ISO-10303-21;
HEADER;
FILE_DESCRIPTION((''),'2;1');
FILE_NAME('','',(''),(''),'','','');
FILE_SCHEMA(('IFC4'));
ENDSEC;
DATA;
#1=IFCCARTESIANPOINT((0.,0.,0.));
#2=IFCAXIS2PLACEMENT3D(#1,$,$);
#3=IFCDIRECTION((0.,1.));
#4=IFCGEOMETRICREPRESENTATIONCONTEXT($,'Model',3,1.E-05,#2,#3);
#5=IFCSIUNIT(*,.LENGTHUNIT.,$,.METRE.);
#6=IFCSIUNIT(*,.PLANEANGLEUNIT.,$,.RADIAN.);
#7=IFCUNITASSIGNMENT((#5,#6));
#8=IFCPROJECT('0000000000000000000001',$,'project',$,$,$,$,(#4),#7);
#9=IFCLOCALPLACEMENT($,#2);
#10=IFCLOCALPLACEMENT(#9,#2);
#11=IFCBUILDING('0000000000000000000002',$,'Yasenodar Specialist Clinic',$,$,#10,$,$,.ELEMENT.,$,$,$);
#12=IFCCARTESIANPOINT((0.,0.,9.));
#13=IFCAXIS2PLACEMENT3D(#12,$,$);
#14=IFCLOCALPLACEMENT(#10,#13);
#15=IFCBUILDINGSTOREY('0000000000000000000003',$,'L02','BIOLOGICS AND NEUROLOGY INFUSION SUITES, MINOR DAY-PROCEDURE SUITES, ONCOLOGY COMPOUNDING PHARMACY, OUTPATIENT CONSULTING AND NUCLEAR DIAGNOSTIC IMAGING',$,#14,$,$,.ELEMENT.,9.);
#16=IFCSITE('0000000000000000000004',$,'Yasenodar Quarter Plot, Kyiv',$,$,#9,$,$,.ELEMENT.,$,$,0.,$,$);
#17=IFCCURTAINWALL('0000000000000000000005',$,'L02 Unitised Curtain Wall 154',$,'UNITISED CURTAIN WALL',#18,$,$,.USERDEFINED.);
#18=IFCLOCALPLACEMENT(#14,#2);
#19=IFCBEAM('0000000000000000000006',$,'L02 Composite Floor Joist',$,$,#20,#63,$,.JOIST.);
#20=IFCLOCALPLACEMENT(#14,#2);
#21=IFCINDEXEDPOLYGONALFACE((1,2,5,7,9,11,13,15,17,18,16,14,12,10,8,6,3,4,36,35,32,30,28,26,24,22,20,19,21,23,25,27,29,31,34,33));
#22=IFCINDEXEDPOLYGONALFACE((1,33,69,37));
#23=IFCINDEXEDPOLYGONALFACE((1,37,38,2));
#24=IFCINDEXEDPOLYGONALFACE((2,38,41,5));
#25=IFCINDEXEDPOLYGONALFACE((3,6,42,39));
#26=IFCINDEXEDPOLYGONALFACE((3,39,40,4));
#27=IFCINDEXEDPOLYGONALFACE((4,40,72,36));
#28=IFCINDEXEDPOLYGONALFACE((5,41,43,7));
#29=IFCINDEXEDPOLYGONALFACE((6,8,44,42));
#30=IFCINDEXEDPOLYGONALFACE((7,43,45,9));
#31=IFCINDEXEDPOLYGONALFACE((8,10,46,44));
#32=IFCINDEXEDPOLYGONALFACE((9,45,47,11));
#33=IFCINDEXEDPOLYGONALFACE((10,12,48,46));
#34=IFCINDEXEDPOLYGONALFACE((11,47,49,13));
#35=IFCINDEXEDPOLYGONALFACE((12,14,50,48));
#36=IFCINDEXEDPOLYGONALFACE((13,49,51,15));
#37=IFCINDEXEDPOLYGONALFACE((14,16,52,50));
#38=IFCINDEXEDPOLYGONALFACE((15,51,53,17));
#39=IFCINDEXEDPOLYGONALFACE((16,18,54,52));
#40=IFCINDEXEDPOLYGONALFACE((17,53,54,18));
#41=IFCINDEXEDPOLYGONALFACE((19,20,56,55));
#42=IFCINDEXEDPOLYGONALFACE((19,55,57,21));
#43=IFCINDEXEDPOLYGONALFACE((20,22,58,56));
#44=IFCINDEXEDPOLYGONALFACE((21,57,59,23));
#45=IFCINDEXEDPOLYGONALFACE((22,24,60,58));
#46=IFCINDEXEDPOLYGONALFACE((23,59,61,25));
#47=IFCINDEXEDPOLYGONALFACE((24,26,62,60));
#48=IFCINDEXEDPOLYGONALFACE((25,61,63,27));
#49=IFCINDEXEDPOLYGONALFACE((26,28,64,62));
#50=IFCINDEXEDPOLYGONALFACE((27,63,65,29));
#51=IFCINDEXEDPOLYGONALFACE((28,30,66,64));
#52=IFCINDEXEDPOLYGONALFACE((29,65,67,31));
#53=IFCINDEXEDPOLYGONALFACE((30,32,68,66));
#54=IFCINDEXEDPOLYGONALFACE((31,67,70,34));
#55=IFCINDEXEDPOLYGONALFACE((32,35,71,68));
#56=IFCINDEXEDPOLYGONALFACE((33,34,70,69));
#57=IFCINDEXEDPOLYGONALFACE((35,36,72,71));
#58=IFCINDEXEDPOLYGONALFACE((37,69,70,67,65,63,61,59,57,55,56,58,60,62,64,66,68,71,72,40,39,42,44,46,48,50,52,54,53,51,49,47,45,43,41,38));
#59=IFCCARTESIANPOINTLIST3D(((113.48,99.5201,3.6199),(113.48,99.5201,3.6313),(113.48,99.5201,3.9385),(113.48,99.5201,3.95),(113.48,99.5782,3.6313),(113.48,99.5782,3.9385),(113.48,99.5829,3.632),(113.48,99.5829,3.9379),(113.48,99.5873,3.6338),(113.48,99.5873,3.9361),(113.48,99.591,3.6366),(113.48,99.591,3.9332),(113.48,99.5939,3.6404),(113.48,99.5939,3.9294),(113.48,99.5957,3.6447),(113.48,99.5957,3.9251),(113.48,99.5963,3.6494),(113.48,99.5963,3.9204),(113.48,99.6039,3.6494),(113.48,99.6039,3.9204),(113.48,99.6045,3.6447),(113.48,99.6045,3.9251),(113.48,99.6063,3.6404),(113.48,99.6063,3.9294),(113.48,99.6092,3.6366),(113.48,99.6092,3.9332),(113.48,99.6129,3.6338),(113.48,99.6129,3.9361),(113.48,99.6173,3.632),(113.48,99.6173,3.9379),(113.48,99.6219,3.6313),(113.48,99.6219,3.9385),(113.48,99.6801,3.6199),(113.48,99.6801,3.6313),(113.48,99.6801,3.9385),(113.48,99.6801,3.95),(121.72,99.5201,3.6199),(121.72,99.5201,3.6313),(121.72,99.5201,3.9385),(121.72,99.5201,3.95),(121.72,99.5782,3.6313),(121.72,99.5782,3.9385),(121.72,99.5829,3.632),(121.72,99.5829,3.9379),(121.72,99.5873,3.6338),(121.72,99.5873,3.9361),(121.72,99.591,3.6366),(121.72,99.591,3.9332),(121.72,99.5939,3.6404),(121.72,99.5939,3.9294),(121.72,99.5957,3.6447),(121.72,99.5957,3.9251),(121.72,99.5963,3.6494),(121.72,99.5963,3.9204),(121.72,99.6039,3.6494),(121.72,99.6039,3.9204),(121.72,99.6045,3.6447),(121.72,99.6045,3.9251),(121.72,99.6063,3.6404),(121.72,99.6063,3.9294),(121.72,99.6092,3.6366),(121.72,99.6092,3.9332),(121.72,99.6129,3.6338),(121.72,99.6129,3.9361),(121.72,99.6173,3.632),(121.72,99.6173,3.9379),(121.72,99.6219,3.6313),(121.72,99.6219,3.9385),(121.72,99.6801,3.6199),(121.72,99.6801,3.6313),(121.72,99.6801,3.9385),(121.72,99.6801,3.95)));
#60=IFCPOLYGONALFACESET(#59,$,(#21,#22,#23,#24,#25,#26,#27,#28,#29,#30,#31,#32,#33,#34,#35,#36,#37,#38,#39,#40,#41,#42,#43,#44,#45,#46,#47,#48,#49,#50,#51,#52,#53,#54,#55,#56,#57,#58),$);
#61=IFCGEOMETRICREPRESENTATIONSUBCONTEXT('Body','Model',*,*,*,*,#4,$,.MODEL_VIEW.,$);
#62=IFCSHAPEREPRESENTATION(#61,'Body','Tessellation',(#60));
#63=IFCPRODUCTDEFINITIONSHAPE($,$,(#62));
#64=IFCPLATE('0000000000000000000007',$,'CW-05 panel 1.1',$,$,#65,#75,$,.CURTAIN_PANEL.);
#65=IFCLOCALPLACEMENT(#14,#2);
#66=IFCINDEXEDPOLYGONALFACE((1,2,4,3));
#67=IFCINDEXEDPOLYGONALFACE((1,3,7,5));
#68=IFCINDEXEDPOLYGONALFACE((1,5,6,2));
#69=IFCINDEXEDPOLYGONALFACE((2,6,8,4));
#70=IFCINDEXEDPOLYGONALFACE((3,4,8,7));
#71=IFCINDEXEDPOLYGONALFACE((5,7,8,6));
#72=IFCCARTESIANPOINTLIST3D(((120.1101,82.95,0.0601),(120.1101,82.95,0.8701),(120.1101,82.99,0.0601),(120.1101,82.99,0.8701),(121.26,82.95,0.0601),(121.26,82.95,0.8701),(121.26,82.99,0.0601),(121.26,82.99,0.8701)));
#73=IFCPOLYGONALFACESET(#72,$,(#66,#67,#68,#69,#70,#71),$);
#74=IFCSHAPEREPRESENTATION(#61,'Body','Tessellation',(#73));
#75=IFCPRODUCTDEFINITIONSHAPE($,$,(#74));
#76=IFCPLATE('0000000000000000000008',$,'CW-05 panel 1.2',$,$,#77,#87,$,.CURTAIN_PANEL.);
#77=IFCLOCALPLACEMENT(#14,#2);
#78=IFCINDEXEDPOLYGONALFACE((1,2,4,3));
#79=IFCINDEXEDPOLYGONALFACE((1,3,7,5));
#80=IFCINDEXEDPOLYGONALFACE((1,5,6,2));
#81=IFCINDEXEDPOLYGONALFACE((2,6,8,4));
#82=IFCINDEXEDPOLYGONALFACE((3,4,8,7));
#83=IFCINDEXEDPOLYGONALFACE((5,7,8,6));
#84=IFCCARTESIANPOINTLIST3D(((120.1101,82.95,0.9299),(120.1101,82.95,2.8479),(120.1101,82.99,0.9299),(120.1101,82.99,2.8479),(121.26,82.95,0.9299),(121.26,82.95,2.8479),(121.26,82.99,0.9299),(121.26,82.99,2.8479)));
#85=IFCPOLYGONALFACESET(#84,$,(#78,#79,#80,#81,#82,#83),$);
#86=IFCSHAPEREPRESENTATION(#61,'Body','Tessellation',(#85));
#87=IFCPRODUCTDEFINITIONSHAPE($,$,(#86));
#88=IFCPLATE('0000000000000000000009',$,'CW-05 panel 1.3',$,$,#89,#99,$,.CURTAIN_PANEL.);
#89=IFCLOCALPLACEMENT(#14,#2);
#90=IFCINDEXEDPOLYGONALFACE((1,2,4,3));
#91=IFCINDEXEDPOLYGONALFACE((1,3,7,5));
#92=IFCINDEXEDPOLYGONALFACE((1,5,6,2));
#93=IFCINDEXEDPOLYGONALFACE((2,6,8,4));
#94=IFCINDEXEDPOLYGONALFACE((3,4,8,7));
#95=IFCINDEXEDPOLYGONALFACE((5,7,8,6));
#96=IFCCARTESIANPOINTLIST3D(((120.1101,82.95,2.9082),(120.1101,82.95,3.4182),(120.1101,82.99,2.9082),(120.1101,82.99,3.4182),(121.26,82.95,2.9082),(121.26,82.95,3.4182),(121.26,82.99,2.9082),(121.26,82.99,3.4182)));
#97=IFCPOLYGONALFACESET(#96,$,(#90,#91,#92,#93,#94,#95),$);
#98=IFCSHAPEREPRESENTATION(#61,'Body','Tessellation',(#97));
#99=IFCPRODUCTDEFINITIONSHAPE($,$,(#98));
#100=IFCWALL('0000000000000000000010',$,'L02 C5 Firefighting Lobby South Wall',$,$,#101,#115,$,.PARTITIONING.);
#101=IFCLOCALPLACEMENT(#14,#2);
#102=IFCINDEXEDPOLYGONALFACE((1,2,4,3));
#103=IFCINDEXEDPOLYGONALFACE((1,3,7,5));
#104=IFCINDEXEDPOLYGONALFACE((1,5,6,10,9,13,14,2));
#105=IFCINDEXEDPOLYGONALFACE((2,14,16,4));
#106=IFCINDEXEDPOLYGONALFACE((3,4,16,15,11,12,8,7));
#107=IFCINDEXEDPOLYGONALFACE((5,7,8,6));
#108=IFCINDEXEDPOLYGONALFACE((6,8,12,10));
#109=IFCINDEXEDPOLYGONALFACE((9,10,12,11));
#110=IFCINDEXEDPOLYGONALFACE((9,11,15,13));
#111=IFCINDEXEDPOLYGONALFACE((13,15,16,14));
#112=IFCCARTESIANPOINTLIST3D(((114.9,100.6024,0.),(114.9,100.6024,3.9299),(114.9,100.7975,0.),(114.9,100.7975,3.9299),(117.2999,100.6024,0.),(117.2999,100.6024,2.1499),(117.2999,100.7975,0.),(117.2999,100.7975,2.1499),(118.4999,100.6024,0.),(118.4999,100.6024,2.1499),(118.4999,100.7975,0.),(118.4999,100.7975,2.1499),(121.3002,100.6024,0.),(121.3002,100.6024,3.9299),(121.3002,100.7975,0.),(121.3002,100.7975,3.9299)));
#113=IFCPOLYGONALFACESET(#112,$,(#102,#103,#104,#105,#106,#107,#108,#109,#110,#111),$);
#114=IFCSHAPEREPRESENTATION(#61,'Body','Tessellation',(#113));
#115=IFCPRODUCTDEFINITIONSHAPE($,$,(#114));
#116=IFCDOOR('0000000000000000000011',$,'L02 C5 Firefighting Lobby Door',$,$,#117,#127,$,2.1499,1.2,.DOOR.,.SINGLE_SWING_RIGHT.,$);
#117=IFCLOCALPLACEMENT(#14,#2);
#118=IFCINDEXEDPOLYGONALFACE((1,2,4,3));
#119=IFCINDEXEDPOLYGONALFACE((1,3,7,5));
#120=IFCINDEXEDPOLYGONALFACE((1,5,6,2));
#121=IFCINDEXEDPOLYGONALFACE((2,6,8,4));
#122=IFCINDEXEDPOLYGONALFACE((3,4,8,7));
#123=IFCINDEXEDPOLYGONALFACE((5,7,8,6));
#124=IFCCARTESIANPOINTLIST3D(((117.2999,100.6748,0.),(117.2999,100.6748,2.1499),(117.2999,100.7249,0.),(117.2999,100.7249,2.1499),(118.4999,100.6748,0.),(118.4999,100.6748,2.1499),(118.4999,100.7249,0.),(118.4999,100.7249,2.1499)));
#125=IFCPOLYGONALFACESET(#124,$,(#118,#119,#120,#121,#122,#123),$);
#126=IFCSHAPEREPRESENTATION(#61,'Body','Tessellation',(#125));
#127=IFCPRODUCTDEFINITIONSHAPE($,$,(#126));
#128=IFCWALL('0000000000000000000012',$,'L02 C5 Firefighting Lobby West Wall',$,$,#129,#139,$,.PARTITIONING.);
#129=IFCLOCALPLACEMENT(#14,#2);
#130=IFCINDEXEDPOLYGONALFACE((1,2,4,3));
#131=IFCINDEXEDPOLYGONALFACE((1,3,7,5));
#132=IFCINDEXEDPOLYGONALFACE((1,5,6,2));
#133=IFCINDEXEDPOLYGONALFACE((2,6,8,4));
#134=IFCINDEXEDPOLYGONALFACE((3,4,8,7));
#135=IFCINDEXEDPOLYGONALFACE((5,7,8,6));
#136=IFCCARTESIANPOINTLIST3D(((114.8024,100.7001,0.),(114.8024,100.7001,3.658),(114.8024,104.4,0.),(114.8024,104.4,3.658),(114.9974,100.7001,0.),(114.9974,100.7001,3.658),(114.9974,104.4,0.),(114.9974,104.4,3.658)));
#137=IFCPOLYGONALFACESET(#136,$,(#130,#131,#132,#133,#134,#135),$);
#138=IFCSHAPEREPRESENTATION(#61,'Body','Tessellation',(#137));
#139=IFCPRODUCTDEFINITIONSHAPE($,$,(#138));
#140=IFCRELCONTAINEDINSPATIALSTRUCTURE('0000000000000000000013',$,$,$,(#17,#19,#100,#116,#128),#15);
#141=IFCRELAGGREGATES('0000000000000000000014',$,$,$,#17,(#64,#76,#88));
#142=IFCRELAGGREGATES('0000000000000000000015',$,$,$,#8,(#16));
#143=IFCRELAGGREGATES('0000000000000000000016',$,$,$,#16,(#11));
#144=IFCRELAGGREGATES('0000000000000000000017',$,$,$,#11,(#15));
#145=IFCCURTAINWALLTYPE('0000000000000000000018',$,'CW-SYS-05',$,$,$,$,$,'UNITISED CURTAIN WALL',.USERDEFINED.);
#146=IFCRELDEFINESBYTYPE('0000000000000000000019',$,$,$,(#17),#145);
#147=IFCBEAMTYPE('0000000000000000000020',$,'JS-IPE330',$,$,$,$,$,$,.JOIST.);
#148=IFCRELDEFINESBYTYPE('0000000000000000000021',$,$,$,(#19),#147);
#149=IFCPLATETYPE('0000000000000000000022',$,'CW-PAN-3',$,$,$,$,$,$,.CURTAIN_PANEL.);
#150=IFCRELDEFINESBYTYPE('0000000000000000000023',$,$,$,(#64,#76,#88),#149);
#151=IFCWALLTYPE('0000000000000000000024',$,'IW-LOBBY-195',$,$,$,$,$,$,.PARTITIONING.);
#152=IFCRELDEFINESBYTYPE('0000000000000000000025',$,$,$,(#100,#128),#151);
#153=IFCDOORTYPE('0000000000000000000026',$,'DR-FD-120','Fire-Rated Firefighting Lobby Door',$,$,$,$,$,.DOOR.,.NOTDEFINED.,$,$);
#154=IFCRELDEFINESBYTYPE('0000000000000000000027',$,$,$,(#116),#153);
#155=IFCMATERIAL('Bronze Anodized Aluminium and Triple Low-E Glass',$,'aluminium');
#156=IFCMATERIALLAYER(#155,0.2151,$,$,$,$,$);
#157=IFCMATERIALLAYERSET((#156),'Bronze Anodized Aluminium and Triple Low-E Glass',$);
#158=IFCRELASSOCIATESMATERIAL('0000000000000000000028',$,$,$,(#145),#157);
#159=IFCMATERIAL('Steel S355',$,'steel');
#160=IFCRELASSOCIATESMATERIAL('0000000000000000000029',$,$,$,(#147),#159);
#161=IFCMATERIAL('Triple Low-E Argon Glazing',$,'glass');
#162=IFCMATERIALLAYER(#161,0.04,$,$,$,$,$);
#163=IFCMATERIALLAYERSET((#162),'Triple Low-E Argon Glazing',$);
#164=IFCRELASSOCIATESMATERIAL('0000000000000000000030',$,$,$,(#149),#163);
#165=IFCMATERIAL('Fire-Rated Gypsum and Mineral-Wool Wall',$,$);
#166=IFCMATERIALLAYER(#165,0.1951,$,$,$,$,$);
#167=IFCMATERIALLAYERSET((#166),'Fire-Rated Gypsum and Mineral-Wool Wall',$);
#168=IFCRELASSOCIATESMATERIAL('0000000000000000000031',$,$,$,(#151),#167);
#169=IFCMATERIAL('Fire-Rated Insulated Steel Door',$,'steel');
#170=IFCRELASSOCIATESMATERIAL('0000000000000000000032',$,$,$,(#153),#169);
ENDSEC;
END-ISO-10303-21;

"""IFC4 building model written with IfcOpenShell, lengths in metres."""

from ifc_helpers import new_model, si_unit, direction, frame, frame_2d, origin, origin_2d, place, context, subcontext, project, spatial, rectangle, i_section, extrude, material, layer, layer_set, material_profile, profile_set, type_object, element, fill, aggregate, save


model = new_model("IFC4")

# Units and contexts
model_context = context("Model", 3, precision=1e-05, world=origin(), true_north=direction((0.0, 1.0)))
body_context = subcontext(model_context, "Body", "Model", "MODEL_VIEW")
ifc_project = project(units=[si_unit("LENGTHUNIT", "METRE"), si_unit("PLANEANGLEUNIT", "RADIAN")], contexts=[model_context])

# Site, building, storey
site_placement = place(None, origin())
site = spatial("IfcSite", under=ifc_project, at=site_placement, Name="Yasenodar Quarter Plot, Kyiv", CompositionType="ELEMENT", RefElevation=0.0)
building_placement = place(site_placement, origin())
building = spatial("IfcBuilding", under=site, at=building_placement, Name="Yasenodar Specialist Clinic", CompositionType="ELEMENT")
storey_placement = place(building_placement, frame((0.0, 0.0, 9.0)))
storey = spatial("IfcBuildingStorey", under=building, at=storey_placement, Name="L02", Description="BIOLOGICS AND NEUROLOGY INFUSION SUITES, MINOR DAY-PROCEDURE SUITES, ONCOLOGY COMPOUNDING PHARMACY, OUTPATIENT CONSULTING AND NUCLEAR DIAGNOSTIC IMAGING", CompositionType="ELEMENT", Elevation=9.0)

# Shared definitions
ifc_material_1 = material(Name="Steel S355", Category="steel")

# Curtain wall
ifc_material_2 = material(Name="Bronze Anodized Aluminium and Triple Low-E Glass", Category="aluminium")
ifc_layer_1 = layer(ifc_material_2, 0.2151)
ifc_layer_set_1 = layer_set([ifc_layer_1], Name="Bronze Anodized Aluminium and Triple Low-E Glass")
curtain_wall_type = type_object("IfcCurtainWallType", Name="CW-SYS-05", ElementType="UNITISED CURTAIN WALL", PredefinedType="USERDEFINED", material=ifc_layer_set_1)
curtain_wall_placement = place(storey_placement, origin())
curtain_wall = element("IfcCurtainWall", 1, at=curtain_wall_placement, inside=storey, type_object=curtain_wall_type, Name="L02 Unitised Curtain Wall 154", ObjectType="UNITISED CURTAIN WALL", PredefinedType="USERDEFINED")

# Beam
ifc_material_profile_1 = material_profile(ifc_material_1, i_section(OverallWidth=0.1599, OverallDepth=0.3301, WebThickness=0.0076, FlangeThickness=0.0115, FilletRadius=0.0181, at=origin_2d()), Name="IPE 330")
ifc_profile_set_1 = profile_set([ifc_material_profile_1], Name="Steel S355")
beam_type_1 = type_object("IfcBeamType", Name="JS-IPE330", PredefinedType="JOIST", material=ifc_profile_set_1)
for number, where, z_axis, x_axis, name in (
    (2, (113.48, 99.6001, 3.7849), (1.0, 0.0, 0.0), (0.0, 1.0, 0.0), "L02 Composite Floor Joist"),
):
    element("IfcBeam", number, at=place(storey_placement, frame(where, z_axis=z_axis, x_axis=x_axis)), inside=storey, type_object=beam_type_1, Name=name, PredefinedType="JOIST", context=body_context, shape_type="SweptSolid", body=[
        extrude(i_section(OverallWidth=0.1599, OverallDepth=0.3301, WebThickness=0.0076, FlangeThickness=0.0115, FilletRadius=0.0181, at=origin_2d()), origin(), (0.0, 0.0, 1.0), 8.24),
    ])

# Plates
ifc_material_3 = material(Name="Triple Low-E Argon Glazing", Category="glass")
ifc_layer_2 = layer(ifc_material_3, 0.04)
ifc_layer_set_2 = layer_set([ifc_layer_2], Name="Triple Low-E Argon Glazing")
plate_type = type_object("IfcPlateType", Name="CW-PAN-3", PredefinedType="CURTAIN_PANEL", material=ifc_layer_set_2)
plate_1_placement = place(storey_placement, frame((120.6851, 82.97, 0.0601), z_axis=(0.0, 0.0, 1.0), x_axis=(-1.0, 0.0, 0.0)))
plate_1 = element("IfcPlate", 3, at=plate_1_placement, type_object=plate_type, Name="CW-05 panel 1.1", PredefinedType="CURTAIN_PANEL", context=body_context, shape_type="SweptSolid", body=[
    extrude(rectangle(XDim=1.1499, YDim=0.04, at=origin_2d()), origin(), (0.0, 0.0, 1.0), 0.8101),
])
plate_2_placement = place(storey_placement, frame((120.6851, 82.97, 0.9299), z_axis=(0.0, 0.0, 1.0), x_axis=(-1.0, 0.0, 0.0)))
plate_2 = element("IfcPlate", 4, at=plate_2_placement, type_object=plate_type, Name="CW-05 panel 1.2", PredefinedType="CURTAIN_PANEL", context=body_context, shape_type="SweptSolid", body=[
    extrude(rectangle(XDim=1.1499, YDim=0.04, at=origin_2d()), origin(), (0.0, 0.0, 1.0), 1.918),
])
plate_3_placement = place(storey_placement, frame((120.6851, 82.97, 2.9082), z_axis=(0.0, 0.0, 1.0), x_axis=(-1.0, 0.0, 0.0)))
plate_3 = element("IfcPlate", 5, at=plate_3_placement, type_object=plate_type, Name="CW-05 panel 1.3", PredefinedType="CURTAIN_PANEL", context=body_context, shape_type="SweptSolid", body=[
    extrude(rectangle(XDim=1.1499, YDim=0.04, at=origin_2d()), origin(), (0.0, 0.0, 1.0), 0.51),
])
aggregate(curtain_wall, [plate_1, plate_2, plate_3])

# Wall, opening, door
ifc_material_4 = material(Name="Fire-Rated Gypsum and Mineral-Wool Wall")
ifc_layer_3 = layer(ifc_material_4, 0.1951)
ifc_layer_set_3 = layer_set([ifc_layer_3], Name="Fire-Rated Gypsum and Mineral-Wool Wall")
wall_type = type_object("IfcWallType", Name="IW-LOBBY-195", PredefinedType="PARTITIONING", material=ifc_layer_set_3)
wall_1_placement = place(storey_placement, frame((114.8999, 100.7, 0.0), z_axis=(0.0, 0.0, 1.0), x_axis=(1.0, 0.0, 0.0)))
wall_1 = element("IfcWall", 6, at=wall_1_placement, inside=storey, type_object=wall_type, Name="L02 C5 Firefighting Lobby South Wall", PredefinedType="PARTITIONING", context=body_context, shape_type="SweptSolid", body=[
    extrude(rectangle(XDim=6.4001, YDim=0.1951, at=frame_2d((3.2002, 0.0))), origin(), (0.0, 0.0, 1.0), 3.9299),
])
opening_placement = place(wall_1_placement, frame((2.3999, 0.0, 0.0)))
opening = element("IfcOpeningElement", 7, at=opening_placement, cuts=wall_1, PredefinedType="OPENING", context=body_context, shape_type="SweptSolid", body=[
    extrude(rectangle(XDim=1.2, YDim=2.1499, at=frame_2d((0.6001, 1.075))), frame((0.0, 0.1074, 0.0), z_axis=(0.0, -1.0, 0.0), x_axis=(1.0, 0.0, 0.0)), (0.0, 0.0, 1.0), 0.2151),
])
ifc_material_5 = material(Name="Fire-Rated Insulated Steel Door", Category="steel")
door_type = type_object("IfcDoorType", Name="DR-FD-120", Description="Fire-Rated Firefighting Lobby Door", OperationType="NOTDEFINED", PredefinedType="DOOR", material=ifc_material_5)
door_placement = place(opening_placement, origin())
door = element("IfcDoor", 8, at=door_placement, inside=storey, type_object=door_type, Name="L02 C5 Firefighting Lobby Door", OperationType="SINGLE_SWING_RIGHT", OverallHeight=2.1499, OverallWidth=1.2, PredefinedType="DOOR", context=body_context, shape_type="SweptSolid", body=[
    extrude(rectangle(XDim=1.2, YDim=2.1499, at=frame_2d((0.6001, 1.075))), frame((0.0, 0.0249, 0.0), z_axis=(0.0, -1.0, 0.0), x_axis=(1.0, 0.0, 0.0)), (0.0, 0.0, 1.0), 0.05),
])
fill(opening, door)

# Wall
wall_2_placement = place(storey_placement, frame((114.8999, 100.7, 0.0), z_axis=(0.0, 0.0, 1.0), x_axis=(0.0, 1.0, 0.0)))
element("IfcWall", 9, at=wall_2_placement, inside=storey, type_object=wall_type, Name="L02 C5 Firefighting Lobby West Wall", PredefinedType="PARTITIONING", context=body_context, shape_type="SweptSolid", body=[
    extrude(rectangle(XDim=3.7, YDim=0.1951, at=frame_2d((1.8501, 0.0))), origin(), (0.0, 0.0, 1.0), 3.658),
])

save(model, "model.ifc")
